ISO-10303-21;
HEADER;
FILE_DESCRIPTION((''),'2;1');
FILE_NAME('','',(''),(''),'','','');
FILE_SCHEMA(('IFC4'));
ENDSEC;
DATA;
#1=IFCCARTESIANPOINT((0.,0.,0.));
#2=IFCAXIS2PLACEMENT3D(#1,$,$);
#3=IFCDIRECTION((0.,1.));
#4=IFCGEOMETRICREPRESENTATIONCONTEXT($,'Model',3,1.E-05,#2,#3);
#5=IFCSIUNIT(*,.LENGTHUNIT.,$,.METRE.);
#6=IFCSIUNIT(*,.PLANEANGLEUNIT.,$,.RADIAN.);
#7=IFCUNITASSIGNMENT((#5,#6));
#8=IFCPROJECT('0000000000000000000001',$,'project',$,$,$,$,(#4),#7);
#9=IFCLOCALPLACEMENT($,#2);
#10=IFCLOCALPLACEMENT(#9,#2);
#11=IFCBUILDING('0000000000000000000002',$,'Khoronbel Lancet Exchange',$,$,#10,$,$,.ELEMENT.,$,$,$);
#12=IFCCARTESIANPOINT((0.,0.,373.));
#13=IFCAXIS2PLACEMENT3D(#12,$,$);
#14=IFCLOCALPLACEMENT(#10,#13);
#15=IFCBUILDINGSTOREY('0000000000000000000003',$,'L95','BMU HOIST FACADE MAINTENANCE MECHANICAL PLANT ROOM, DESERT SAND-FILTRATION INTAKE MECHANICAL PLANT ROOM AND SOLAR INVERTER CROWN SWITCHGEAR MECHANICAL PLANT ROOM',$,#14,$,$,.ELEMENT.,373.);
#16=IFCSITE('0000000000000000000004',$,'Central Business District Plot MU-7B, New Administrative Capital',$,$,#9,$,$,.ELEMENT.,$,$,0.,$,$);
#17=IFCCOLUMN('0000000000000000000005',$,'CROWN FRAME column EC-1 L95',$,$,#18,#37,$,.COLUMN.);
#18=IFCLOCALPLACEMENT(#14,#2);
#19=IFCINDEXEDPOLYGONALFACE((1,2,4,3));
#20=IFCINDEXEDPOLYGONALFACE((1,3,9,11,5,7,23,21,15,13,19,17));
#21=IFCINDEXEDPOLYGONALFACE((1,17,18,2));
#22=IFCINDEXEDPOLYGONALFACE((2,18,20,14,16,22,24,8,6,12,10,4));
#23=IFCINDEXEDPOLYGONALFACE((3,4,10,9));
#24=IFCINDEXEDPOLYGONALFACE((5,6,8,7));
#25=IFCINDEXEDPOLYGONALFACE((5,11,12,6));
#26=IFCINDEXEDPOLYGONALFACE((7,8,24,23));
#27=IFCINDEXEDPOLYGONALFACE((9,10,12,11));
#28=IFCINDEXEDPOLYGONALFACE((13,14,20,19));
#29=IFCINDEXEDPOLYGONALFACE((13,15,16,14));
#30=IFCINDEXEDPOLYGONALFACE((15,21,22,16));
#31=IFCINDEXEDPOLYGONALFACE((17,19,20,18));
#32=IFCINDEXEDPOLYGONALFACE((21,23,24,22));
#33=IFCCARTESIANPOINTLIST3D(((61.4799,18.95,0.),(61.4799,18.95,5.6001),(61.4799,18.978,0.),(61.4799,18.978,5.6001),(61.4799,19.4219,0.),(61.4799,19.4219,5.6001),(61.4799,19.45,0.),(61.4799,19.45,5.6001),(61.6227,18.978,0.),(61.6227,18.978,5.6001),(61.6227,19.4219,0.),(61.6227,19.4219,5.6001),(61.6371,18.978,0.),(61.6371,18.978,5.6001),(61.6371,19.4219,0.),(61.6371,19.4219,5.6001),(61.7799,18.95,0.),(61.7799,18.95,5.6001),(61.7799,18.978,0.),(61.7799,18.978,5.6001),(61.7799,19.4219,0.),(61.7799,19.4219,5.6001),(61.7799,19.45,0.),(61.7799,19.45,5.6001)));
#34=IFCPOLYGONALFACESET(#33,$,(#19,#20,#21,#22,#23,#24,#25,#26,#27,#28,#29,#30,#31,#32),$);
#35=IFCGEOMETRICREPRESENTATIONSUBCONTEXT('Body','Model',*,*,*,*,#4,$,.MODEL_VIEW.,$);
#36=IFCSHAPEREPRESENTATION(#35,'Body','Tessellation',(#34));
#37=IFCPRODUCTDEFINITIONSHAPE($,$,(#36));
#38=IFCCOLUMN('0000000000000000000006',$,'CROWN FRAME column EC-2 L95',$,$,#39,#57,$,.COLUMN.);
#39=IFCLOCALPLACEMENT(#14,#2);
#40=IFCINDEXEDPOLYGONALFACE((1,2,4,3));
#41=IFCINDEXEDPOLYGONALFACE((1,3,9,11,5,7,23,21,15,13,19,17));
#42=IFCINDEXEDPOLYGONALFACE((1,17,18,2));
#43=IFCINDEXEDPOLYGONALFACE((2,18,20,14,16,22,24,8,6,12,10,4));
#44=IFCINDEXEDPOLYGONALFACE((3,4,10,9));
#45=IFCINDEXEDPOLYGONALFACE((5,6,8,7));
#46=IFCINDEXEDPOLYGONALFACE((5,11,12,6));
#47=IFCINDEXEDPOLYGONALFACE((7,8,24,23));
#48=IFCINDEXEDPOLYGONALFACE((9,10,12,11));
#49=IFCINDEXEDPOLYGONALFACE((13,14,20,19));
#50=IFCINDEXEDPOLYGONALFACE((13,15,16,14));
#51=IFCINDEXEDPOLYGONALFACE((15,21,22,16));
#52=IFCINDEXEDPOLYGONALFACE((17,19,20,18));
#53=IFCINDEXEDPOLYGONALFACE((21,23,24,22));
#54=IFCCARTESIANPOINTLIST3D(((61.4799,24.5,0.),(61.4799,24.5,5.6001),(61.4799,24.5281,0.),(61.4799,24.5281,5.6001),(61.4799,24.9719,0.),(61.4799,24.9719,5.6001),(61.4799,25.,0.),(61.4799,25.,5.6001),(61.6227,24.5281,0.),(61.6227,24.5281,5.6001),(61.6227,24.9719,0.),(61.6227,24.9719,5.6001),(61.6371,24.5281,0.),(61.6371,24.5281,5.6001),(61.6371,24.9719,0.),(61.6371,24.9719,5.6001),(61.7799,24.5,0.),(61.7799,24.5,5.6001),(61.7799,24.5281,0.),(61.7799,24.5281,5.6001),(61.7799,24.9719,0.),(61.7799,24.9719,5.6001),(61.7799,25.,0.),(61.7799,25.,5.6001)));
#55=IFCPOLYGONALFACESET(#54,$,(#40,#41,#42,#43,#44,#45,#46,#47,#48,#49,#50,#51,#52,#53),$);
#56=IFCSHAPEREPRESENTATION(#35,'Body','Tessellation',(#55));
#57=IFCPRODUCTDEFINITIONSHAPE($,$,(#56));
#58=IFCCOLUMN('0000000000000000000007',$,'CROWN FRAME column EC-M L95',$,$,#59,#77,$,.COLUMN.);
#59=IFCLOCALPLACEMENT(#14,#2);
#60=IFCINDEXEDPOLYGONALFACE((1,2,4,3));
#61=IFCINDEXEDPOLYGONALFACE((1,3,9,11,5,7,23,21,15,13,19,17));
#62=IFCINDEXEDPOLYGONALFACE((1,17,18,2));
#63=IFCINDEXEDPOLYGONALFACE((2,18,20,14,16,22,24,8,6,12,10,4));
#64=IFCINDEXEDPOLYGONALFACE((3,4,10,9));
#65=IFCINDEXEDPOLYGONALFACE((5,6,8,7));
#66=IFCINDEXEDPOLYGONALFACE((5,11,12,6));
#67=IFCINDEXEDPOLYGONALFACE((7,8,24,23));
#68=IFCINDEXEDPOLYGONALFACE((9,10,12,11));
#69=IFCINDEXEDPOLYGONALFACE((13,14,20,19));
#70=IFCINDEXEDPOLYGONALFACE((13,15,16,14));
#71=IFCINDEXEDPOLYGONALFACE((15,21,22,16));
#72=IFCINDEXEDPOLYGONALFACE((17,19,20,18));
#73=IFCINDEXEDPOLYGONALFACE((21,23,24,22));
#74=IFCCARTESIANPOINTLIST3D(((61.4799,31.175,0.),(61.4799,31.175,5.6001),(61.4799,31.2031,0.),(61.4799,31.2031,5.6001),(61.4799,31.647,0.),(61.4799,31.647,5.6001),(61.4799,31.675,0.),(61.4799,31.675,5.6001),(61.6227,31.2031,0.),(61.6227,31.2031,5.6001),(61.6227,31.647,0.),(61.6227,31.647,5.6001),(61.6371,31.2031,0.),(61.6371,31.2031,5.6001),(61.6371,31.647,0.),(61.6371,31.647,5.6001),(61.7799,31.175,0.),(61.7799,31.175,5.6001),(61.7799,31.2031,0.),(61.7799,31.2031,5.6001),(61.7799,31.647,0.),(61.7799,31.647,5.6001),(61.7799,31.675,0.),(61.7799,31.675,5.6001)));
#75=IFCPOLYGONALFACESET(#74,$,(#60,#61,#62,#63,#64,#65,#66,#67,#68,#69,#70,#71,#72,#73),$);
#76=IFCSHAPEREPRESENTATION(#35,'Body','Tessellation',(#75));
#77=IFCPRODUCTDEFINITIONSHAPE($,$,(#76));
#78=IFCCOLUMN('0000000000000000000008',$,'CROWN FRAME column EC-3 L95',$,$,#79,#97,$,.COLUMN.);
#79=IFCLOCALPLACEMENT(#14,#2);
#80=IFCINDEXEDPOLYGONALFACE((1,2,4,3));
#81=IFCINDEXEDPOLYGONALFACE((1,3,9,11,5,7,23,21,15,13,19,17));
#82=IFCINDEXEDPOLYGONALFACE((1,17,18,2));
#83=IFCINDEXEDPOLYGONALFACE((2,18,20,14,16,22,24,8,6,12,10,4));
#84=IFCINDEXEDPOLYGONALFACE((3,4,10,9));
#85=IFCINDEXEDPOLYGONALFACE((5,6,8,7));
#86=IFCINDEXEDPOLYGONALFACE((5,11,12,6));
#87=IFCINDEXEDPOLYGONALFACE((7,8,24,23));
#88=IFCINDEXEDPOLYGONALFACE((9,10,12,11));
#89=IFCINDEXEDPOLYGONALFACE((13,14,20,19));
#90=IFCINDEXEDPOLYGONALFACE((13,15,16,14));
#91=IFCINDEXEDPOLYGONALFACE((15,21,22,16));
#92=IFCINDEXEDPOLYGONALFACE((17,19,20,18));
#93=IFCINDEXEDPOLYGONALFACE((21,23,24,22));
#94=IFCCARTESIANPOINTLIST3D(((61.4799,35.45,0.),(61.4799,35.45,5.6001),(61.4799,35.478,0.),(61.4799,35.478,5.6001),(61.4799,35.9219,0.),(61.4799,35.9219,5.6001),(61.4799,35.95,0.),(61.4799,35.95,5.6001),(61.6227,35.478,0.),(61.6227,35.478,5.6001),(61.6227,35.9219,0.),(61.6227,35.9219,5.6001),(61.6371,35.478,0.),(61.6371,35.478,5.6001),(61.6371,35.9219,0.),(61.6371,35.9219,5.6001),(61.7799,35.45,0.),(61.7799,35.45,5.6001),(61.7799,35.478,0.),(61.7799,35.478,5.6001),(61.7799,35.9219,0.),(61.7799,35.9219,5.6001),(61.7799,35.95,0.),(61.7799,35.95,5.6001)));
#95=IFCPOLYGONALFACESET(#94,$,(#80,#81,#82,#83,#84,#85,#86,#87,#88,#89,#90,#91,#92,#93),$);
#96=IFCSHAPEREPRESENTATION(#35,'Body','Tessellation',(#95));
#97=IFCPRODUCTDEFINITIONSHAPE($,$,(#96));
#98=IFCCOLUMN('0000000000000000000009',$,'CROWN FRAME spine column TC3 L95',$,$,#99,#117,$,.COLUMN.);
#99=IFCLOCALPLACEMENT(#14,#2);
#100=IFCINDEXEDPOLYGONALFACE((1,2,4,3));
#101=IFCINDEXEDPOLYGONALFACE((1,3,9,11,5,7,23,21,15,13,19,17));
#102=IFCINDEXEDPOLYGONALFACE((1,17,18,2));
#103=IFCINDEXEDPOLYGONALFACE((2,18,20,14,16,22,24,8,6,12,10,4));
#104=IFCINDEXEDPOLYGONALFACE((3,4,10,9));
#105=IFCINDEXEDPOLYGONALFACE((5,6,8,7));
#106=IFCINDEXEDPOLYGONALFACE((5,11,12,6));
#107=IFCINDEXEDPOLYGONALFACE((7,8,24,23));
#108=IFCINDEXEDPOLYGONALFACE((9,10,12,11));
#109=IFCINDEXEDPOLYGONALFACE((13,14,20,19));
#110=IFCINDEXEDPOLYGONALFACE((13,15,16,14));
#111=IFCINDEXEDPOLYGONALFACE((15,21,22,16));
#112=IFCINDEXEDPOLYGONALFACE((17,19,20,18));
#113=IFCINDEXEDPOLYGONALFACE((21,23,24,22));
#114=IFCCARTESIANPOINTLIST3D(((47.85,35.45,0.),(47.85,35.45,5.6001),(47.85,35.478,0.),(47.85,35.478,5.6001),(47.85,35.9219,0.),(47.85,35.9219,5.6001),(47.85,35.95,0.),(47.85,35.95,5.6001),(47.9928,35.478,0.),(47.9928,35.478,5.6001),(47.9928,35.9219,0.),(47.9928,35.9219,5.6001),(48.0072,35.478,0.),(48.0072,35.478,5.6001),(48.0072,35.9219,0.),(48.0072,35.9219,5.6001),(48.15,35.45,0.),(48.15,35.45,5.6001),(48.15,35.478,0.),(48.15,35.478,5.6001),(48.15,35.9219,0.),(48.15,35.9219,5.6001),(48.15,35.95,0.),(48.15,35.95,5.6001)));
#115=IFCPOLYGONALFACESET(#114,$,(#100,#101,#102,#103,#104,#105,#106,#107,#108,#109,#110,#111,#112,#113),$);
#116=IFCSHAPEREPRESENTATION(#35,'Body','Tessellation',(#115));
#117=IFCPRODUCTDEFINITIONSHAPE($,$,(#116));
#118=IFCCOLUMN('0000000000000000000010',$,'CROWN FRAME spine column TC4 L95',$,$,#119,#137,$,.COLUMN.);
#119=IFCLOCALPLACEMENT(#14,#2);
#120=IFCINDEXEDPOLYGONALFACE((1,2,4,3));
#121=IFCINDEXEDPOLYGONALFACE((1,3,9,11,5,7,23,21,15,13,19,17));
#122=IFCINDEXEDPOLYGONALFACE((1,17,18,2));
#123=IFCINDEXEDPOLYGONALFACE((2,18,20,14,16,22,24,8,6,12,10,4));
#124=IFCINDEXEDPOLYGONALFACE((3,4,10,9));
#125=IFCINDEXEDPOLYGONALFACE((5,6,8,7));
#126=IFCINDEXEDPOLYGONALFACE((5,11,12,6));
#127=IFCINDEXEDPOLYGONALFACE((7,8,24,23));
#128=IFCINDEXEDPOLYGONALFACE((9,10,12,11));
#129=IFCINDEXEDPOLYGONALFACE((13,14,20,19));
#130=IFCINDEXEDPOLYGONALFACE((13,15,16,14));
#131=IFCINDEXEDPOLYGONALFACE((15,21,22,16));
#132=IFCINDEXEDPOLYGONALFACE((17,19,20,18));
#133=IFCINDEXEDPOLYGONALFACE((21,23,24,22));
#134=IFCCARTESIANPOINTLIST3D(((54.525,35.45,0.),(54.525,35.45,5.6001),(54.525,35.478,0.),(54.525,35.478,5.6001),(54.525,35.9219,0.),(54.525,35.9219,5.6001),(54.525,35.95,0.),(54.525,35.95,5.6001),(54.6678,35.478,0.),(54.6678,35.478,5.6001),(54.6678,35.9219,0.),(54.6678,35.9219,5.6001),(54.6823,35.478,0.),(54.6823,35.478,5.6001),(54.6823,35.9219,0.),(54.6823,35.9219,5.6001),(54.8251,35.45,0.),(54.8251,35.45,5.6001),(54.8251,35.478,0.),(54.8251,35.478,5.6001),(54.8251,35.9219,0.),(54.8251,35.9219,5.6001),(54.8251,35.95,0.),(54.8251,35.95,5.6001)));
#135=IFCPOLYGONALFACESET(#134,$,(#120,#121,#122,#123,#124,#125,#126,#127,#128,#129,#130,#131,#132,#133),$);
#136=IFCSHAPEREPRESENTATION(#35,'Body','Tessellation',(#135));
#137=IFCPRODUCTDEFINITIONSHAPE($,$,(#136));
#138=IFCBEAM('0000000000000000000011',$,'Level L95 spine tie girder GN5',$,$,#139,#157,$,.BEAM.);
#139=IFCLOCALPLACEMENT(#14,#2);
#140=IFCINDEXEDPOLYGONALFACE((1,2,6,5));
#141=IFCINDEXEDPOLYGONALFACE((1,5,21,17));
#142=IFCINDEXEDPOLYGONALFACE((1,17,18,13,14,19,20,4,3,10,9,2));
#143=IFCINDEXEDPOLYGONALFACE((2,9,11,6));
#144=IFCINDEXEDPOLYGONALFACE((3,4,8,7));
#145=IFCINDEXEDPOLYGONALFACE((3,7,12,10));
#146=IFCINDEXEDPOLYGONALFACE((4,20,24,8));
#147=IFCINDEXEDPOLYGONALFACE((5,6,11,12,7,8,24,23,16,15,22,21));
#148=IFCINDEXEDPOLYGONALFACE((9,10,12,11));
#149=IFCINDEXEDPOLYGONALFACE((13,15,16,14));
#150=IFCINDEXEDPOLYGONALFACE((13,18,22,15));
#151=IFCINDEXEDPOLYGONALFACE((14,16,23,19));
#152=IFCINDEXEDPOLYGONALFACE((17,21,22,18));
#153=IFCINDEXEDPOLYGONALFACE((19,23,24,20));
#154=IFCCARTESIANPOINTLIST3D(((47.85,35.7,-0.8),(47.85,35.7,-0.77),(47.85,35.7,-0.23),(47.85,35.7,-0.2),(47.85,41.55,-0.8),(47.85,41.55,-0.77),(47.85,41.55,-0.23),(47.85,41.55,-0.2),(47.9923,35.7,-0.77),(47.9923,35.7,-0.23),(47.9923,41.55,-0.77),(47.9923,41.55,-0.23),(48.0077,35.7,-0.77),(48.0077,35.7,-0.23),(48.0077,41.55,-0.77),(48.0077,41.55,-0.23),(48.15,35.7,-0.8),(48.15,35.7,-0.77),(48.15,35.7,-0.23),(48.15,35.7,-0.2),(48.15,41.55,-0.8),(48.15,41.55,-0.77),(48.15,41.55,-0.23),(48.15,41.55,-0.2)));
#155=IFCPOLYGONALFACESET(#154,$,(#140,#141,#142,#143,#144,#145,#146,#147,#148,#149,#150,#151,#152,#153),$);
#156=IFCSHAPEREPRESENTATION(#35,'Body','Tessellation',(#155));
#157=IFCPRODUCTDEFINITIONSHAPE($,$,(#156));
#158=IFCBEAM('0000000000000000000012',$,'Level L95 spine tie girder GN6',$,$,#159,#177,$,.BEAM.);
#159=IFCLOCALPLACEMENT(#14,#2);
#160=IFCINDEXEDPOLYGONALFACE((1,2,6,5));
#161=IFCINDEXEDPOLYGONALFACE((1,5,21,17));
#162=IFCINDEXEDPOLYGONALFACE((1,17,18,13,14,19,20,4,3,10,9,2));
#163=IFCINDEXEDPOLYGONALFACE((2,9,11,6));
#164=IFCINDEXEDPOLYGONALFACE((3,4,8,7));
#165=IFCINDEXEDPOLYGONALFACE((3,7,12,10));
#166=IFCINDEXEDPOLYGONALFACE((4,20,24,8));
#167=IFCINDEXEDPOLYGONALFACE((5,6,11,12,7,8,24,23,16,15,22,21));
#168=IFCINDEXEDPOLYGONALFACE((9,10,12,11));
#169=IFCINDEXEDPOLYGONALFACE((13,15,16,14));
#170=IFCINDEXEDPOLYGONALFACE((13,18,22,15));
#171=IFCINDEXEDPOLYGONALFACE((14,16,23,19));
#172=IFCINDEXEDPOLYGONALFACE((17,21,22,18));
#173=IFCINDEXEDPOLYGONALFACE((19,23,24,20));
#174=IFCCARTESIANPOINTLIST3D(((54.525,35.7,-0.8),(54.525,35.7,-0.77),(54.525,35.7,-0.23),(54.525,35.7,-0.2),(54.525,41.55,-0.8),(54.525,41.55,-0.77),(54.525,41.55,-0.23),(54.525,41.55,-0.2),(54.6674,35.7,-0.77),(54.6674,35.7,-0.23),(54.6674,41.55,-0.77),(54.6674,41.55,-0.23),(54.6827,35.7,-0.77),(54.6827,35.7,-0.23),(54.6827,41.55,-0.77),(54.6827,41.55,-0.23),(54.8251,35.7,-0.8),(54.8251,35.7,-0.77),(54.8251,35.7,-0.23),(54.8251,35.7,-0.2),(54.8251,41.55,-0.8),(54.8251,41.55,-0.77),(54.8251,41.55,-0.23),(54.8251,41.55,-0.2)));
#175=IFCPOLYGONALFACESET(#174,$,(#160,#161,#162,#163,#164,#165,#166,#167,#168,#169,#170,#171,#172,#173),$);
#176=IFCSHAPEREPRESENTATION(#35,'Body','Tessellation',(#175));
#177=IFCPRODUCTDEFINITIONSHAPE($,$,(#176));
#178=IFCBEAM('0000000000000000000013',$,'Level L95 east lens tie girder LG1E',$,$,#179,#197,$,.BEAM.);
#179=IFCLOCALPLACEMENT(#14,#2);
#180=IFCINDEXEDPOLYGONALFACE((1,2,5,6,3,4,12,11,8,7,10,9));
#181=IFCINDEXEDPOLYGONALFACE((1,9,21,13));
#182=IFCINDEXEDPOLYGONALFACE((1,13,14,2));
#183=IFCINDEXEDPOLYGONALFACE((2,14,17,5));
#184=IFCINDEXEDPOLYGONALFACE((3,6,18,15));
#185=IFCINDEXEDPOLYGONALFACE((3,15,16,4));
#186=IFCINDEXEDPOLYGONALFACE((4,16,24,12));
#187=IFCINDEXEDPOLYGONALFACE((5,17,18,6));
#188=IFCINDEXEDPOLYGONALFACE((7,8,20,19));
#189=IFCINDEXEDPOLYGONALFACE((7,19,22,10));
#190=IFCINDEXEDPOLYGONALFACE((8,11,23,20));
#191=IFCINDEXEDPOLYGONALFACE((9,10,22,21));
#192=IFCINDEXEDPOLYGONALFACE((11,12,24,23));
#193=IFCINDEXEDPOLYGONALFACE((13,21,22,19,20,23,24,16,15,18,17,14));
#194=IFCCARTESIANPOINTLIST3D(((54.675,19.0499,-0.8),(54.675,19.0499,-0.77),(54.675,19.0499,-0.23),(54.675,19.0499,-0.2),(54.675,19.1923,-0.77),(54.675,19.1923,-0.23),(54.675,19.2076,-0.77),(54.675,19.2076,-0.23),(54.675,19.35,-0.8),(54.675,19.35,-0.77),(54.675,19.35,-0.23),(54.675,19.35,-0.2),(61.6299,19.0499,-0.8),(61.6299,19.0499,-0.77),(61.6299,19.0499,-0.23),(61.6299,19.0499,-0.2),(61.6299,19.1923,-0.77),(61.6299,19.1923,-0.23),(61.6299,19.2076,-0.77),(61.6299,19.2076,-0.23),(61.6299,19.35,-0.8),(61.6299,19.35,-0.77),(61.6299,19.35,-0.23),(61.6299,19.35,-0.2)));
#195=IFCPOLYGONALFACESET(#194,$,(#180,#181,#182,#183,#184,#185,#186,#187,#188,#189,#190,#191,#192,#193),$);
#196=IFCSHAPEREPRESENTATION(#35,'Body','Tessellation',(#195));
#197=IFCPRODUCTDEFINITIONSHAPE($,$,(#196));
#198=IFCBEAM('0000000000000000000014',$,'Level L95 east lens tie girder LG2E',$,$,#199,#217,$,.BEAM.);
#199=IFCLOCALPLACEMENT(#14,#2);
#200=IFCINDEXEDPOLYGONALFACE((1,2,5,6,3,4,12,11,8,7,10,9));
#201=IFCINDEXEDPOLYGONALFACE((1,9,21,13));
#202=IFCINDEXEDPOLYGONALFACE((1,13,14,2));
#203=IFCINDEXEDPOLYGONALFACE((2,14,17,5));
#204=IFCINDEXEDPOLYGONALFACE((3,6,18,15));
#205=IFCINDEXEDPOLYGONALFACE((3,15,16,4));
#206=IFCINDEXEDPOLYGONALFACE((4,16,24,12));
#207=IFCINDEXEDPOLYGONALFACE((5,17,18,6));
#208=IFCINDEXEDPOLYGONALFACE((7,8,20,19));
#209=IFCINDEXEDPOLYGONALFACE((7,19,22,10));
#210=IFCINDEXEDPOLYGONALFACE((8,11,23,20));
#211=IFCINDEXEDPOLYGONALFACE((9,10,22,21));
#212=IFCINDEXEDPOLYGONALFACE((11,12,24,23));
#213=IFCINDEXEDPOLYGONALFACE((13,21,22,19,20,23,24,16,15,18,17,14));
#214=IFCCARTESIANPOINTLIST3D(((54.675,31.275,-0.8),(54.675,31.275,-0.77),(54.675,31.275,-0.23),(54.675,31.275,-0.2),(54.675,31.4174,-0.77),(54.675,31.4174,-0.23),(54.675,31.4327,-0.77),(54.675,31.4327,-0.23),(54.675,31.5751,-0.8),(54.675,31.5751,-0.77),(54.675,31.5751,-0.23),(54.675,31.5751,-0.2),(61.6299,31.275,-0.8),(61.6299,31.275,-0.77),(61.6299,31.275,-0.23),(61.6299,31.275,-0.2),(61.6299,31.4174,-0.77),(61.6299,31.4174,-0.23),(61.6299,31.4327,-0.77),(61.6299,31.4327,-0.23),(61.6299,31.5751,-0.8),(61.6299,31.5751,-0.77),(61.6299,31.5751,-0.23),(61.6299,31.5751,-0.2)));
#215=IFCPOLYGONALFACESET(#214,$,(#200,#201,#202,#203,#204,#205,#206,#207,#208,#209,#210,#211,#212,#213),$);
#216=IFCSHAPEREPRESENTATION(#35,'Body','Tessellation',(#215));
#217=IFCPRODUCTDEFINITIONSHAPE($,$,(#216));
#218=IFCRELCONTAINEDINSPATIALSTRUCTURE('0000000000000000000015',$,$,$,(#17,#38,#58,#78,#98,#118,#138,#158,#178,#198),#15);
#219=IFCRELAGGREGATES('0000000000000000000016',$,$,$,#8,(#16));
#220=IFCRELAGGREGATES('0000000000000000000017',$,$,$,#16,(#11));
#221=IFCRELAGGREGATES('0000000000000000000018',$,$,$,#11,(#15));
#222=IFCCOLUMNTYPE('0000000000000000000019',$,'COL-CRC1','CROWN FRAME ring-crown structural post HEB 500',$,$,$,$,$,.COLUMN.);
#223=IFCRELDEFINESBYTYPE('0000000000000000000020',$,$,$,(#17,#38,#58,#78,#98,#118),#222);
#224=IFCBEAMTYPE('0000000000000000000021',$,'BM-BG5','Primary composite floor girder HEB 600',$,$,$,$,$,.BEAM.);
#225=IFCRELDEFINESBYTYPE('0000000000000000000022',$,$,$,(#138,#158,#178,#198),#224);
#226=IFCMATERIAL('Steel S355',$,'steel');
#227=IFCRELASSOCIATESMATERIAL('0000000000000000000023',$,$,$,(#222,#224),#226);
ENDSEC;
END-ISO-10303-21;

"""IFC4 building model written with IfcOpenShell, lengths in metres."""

from ifc_helpers import new_model, si_unit, direction, frame, origin, origin_2d, place, context, subcontext, project, spatial, i_section, extrude, material, material_profile, profile_set, type_object, element, save


model = new_model("IFC4")

# Units and contexts
model_context = context("Model", 3, precision=1e-05, world=origin(), true_north=direction((0.0, 1.0)))
body_context = subcontext(model_context, "Body", "Model", "MODEL_VIEW")
ifc_project = project(units=[si_unit("LENGTHUNIT", "METRE"), si_unit("PLANEANGLEUNIT", "RADIAN")], contexts=[model_context])

# Site, building, storey
site_placement = place(None, origin())
site = spatial("IfcSite", under=ifc_project, at=site_placement, Name="Central Business District Plot MU-7B, New Administrative Capital", CompositionType="ELEMENT", RefElevation=0.0)
building_placement = place(site_placement, origin())
building = spatial("IfcBuilding", under=site, at=building_placement, Name="Khoronbel Lancet Exchange", CompositionType="ELEMENT")
storey_placement = place(building_placement, frame((0.0, 0.0, 373.0)))
storey = spatial("IfcBuildingStorey", under=building, at=storey_placement, Name="L95", Description="BMU HOIST FACADE MAINTENANCE MECHANICAL PLANT ROOM, DESERT SAND-FILTRATION INTAKE MECHANICAL PLANT ROOM AND SOLAR INVERTER CROWN SWITCHGEAR MECHANICAL PLANT ROOM", CompositionType="ELEMENT", Elevation=373.0)

# Columns
ifc_material_1 = material(Name="Steel S355", Category="steel")
ifc_material_profile_1 = material_profile(ifc_material_1, i_section(OverallWidth=0.3, OverallDepth=0.5, WebThickness=0.0144, FlangeThickness=0.0281, at=origin_2d()), Name="HEB 500")
ifc_profile_set_1 = profile_set([ifc_material_profile_1], Name="Steel S355")
column_type = type_object("IfcColumnType", Name="COL-CRC1", Description="CROWN FRAME ring-crown structural post HEB 500", PredefinedType="COLUMN", material=ifc_profile_set_1)
for number, where, z_axis, x_axis, name in (
    (1, (61.6299, 19.2, 0.0), (0.0, 0.0, 1.0), (1.0, 0.0, 0.0), "CROWN FRAME column EC-1 L95"),
    (2, (61.6299, 24.75, 0.0), (0.0, 0.0, 1.0), (1.0, 0.0, 0.0), "CROWN FRAME column EC-2 L95"),
    (3, (61.6299, 31.425, 0.0), (0.0, 0.0, 1.0), (1.0, 0.0, 0.0), "CROWN FRAME column EC-M L95"),
    (4, (61.6299, 35.7, 0.0), (0.0, 0.0, 1.0), (1.0, 0.0, 0.0), "CROWN FRAME column EC-3 L95"),
    (5, (48.0, 35.7, 0.0), (0.0, 0.0, 1.0), (1.0, 0.0, 0.0), "CROWN FRAME spine column TC3 L95"),
    (6, (54.675, 35.7, 0.0), (0.0, 0.0, 1.0), (1.0, 0.0, 0.0), "CROWN FRAME spine column TC4 L95"),
):
    element("IfcColumn", number, at=place(storey_placement, frame(where, z_axis=z_axis, x_axis=x_axis)), inside=storey, type_object=column_type, Name=name, PredefinedType="COLUMN", context=body_context, shape_type="SweptSolid", body=[
        extrude(i_section(OverallWidth=0.3, OverallDepth=0.5, WebThickness=0.0144, FlangeThickness=0.0281, at=origin_2d()), origin(), (0.0, 0.0, 1.0), 5.6001),
    ])

# Beams
ifc_material_profile_2 = material_profile(ifc_material_1, i_section(OverallWidth=0.3, OverallDepth=0.6001, WebThickness=0.0154, FlangeThickness=0.03, at=origin_2d()), Name="HEB 600")
ifc_profile_set_2 = profile_set([ifc_material_profile_2], Name="Steel S355")
beam_type_1 = type_object("IfcBeamType", Name="BM-BG5", Description="Primary composite floor girder HEB 600", PredefinedType="BEAM", material=ifc_profile_set_2)
for number, where, z_axis, x_axis, name in (
    (7, (48.0, 35.7, -0.5), (0.0, 1.0, 0.0), (-1.0, 0.0, 0.0), "Level L95 spine tie girder GN5"),
    (8, (54.675, 35.7, -0.5), (0.0, 1.0, 0.0), (-1.0, 0.0, 0.0), "Level L95 spine tie girder GN6"),
):
    element("IfcBeam", number, at=place(storey_placement, frame(where, z_axis=z_axis, x_axis=x_axis)), inside=storey, type_object=beam_type_1, Name=name, PredefinedType="BEAM", context=body_context, shape_type="SweptSolid", body=[
        extrude(i_section(OverallWidth=0.3, OverallDepth=0.6001, WebThickness=0.0154, FlangeThickness=0.03, at=origin_2d()), origin(), (0.0, 0.0, 1.0), 5.8501),
    ])
for number, where, z_axis, x_axis, name in (
    (9, (54.675, 19.2, -0.5), (1.0, 0.0, 0.0), (0.0, 1.0, 0.0), "Level L95 east lens tie girder LG1E"),
    (10, (54.675, 31.425, -0.5), (1.0, 0.0, 0.0), (0.0, 1.0, 0.0), "Level L95 east lens tie girder LG2E"),
):
    element("IfcBeam", number, at=place(storey_placement, frame(where, z_axis=z_axis, x_axis=x_axis)), inside=storey, type_object=beam_type_1, Name=name, PredefinedType="BEAM", context=body_context, shape_type="SweptSolid", body=[
        extrude(i_section(OverallWidth=0.3, OverallDepth=0.6001, WebThickness=0.0154, FlangeThickness=0.03, at=origin_2d()), origin(), (0.0, 0.0, 1.0), 6.9548),
    ])

save(model, "model.ifc")
